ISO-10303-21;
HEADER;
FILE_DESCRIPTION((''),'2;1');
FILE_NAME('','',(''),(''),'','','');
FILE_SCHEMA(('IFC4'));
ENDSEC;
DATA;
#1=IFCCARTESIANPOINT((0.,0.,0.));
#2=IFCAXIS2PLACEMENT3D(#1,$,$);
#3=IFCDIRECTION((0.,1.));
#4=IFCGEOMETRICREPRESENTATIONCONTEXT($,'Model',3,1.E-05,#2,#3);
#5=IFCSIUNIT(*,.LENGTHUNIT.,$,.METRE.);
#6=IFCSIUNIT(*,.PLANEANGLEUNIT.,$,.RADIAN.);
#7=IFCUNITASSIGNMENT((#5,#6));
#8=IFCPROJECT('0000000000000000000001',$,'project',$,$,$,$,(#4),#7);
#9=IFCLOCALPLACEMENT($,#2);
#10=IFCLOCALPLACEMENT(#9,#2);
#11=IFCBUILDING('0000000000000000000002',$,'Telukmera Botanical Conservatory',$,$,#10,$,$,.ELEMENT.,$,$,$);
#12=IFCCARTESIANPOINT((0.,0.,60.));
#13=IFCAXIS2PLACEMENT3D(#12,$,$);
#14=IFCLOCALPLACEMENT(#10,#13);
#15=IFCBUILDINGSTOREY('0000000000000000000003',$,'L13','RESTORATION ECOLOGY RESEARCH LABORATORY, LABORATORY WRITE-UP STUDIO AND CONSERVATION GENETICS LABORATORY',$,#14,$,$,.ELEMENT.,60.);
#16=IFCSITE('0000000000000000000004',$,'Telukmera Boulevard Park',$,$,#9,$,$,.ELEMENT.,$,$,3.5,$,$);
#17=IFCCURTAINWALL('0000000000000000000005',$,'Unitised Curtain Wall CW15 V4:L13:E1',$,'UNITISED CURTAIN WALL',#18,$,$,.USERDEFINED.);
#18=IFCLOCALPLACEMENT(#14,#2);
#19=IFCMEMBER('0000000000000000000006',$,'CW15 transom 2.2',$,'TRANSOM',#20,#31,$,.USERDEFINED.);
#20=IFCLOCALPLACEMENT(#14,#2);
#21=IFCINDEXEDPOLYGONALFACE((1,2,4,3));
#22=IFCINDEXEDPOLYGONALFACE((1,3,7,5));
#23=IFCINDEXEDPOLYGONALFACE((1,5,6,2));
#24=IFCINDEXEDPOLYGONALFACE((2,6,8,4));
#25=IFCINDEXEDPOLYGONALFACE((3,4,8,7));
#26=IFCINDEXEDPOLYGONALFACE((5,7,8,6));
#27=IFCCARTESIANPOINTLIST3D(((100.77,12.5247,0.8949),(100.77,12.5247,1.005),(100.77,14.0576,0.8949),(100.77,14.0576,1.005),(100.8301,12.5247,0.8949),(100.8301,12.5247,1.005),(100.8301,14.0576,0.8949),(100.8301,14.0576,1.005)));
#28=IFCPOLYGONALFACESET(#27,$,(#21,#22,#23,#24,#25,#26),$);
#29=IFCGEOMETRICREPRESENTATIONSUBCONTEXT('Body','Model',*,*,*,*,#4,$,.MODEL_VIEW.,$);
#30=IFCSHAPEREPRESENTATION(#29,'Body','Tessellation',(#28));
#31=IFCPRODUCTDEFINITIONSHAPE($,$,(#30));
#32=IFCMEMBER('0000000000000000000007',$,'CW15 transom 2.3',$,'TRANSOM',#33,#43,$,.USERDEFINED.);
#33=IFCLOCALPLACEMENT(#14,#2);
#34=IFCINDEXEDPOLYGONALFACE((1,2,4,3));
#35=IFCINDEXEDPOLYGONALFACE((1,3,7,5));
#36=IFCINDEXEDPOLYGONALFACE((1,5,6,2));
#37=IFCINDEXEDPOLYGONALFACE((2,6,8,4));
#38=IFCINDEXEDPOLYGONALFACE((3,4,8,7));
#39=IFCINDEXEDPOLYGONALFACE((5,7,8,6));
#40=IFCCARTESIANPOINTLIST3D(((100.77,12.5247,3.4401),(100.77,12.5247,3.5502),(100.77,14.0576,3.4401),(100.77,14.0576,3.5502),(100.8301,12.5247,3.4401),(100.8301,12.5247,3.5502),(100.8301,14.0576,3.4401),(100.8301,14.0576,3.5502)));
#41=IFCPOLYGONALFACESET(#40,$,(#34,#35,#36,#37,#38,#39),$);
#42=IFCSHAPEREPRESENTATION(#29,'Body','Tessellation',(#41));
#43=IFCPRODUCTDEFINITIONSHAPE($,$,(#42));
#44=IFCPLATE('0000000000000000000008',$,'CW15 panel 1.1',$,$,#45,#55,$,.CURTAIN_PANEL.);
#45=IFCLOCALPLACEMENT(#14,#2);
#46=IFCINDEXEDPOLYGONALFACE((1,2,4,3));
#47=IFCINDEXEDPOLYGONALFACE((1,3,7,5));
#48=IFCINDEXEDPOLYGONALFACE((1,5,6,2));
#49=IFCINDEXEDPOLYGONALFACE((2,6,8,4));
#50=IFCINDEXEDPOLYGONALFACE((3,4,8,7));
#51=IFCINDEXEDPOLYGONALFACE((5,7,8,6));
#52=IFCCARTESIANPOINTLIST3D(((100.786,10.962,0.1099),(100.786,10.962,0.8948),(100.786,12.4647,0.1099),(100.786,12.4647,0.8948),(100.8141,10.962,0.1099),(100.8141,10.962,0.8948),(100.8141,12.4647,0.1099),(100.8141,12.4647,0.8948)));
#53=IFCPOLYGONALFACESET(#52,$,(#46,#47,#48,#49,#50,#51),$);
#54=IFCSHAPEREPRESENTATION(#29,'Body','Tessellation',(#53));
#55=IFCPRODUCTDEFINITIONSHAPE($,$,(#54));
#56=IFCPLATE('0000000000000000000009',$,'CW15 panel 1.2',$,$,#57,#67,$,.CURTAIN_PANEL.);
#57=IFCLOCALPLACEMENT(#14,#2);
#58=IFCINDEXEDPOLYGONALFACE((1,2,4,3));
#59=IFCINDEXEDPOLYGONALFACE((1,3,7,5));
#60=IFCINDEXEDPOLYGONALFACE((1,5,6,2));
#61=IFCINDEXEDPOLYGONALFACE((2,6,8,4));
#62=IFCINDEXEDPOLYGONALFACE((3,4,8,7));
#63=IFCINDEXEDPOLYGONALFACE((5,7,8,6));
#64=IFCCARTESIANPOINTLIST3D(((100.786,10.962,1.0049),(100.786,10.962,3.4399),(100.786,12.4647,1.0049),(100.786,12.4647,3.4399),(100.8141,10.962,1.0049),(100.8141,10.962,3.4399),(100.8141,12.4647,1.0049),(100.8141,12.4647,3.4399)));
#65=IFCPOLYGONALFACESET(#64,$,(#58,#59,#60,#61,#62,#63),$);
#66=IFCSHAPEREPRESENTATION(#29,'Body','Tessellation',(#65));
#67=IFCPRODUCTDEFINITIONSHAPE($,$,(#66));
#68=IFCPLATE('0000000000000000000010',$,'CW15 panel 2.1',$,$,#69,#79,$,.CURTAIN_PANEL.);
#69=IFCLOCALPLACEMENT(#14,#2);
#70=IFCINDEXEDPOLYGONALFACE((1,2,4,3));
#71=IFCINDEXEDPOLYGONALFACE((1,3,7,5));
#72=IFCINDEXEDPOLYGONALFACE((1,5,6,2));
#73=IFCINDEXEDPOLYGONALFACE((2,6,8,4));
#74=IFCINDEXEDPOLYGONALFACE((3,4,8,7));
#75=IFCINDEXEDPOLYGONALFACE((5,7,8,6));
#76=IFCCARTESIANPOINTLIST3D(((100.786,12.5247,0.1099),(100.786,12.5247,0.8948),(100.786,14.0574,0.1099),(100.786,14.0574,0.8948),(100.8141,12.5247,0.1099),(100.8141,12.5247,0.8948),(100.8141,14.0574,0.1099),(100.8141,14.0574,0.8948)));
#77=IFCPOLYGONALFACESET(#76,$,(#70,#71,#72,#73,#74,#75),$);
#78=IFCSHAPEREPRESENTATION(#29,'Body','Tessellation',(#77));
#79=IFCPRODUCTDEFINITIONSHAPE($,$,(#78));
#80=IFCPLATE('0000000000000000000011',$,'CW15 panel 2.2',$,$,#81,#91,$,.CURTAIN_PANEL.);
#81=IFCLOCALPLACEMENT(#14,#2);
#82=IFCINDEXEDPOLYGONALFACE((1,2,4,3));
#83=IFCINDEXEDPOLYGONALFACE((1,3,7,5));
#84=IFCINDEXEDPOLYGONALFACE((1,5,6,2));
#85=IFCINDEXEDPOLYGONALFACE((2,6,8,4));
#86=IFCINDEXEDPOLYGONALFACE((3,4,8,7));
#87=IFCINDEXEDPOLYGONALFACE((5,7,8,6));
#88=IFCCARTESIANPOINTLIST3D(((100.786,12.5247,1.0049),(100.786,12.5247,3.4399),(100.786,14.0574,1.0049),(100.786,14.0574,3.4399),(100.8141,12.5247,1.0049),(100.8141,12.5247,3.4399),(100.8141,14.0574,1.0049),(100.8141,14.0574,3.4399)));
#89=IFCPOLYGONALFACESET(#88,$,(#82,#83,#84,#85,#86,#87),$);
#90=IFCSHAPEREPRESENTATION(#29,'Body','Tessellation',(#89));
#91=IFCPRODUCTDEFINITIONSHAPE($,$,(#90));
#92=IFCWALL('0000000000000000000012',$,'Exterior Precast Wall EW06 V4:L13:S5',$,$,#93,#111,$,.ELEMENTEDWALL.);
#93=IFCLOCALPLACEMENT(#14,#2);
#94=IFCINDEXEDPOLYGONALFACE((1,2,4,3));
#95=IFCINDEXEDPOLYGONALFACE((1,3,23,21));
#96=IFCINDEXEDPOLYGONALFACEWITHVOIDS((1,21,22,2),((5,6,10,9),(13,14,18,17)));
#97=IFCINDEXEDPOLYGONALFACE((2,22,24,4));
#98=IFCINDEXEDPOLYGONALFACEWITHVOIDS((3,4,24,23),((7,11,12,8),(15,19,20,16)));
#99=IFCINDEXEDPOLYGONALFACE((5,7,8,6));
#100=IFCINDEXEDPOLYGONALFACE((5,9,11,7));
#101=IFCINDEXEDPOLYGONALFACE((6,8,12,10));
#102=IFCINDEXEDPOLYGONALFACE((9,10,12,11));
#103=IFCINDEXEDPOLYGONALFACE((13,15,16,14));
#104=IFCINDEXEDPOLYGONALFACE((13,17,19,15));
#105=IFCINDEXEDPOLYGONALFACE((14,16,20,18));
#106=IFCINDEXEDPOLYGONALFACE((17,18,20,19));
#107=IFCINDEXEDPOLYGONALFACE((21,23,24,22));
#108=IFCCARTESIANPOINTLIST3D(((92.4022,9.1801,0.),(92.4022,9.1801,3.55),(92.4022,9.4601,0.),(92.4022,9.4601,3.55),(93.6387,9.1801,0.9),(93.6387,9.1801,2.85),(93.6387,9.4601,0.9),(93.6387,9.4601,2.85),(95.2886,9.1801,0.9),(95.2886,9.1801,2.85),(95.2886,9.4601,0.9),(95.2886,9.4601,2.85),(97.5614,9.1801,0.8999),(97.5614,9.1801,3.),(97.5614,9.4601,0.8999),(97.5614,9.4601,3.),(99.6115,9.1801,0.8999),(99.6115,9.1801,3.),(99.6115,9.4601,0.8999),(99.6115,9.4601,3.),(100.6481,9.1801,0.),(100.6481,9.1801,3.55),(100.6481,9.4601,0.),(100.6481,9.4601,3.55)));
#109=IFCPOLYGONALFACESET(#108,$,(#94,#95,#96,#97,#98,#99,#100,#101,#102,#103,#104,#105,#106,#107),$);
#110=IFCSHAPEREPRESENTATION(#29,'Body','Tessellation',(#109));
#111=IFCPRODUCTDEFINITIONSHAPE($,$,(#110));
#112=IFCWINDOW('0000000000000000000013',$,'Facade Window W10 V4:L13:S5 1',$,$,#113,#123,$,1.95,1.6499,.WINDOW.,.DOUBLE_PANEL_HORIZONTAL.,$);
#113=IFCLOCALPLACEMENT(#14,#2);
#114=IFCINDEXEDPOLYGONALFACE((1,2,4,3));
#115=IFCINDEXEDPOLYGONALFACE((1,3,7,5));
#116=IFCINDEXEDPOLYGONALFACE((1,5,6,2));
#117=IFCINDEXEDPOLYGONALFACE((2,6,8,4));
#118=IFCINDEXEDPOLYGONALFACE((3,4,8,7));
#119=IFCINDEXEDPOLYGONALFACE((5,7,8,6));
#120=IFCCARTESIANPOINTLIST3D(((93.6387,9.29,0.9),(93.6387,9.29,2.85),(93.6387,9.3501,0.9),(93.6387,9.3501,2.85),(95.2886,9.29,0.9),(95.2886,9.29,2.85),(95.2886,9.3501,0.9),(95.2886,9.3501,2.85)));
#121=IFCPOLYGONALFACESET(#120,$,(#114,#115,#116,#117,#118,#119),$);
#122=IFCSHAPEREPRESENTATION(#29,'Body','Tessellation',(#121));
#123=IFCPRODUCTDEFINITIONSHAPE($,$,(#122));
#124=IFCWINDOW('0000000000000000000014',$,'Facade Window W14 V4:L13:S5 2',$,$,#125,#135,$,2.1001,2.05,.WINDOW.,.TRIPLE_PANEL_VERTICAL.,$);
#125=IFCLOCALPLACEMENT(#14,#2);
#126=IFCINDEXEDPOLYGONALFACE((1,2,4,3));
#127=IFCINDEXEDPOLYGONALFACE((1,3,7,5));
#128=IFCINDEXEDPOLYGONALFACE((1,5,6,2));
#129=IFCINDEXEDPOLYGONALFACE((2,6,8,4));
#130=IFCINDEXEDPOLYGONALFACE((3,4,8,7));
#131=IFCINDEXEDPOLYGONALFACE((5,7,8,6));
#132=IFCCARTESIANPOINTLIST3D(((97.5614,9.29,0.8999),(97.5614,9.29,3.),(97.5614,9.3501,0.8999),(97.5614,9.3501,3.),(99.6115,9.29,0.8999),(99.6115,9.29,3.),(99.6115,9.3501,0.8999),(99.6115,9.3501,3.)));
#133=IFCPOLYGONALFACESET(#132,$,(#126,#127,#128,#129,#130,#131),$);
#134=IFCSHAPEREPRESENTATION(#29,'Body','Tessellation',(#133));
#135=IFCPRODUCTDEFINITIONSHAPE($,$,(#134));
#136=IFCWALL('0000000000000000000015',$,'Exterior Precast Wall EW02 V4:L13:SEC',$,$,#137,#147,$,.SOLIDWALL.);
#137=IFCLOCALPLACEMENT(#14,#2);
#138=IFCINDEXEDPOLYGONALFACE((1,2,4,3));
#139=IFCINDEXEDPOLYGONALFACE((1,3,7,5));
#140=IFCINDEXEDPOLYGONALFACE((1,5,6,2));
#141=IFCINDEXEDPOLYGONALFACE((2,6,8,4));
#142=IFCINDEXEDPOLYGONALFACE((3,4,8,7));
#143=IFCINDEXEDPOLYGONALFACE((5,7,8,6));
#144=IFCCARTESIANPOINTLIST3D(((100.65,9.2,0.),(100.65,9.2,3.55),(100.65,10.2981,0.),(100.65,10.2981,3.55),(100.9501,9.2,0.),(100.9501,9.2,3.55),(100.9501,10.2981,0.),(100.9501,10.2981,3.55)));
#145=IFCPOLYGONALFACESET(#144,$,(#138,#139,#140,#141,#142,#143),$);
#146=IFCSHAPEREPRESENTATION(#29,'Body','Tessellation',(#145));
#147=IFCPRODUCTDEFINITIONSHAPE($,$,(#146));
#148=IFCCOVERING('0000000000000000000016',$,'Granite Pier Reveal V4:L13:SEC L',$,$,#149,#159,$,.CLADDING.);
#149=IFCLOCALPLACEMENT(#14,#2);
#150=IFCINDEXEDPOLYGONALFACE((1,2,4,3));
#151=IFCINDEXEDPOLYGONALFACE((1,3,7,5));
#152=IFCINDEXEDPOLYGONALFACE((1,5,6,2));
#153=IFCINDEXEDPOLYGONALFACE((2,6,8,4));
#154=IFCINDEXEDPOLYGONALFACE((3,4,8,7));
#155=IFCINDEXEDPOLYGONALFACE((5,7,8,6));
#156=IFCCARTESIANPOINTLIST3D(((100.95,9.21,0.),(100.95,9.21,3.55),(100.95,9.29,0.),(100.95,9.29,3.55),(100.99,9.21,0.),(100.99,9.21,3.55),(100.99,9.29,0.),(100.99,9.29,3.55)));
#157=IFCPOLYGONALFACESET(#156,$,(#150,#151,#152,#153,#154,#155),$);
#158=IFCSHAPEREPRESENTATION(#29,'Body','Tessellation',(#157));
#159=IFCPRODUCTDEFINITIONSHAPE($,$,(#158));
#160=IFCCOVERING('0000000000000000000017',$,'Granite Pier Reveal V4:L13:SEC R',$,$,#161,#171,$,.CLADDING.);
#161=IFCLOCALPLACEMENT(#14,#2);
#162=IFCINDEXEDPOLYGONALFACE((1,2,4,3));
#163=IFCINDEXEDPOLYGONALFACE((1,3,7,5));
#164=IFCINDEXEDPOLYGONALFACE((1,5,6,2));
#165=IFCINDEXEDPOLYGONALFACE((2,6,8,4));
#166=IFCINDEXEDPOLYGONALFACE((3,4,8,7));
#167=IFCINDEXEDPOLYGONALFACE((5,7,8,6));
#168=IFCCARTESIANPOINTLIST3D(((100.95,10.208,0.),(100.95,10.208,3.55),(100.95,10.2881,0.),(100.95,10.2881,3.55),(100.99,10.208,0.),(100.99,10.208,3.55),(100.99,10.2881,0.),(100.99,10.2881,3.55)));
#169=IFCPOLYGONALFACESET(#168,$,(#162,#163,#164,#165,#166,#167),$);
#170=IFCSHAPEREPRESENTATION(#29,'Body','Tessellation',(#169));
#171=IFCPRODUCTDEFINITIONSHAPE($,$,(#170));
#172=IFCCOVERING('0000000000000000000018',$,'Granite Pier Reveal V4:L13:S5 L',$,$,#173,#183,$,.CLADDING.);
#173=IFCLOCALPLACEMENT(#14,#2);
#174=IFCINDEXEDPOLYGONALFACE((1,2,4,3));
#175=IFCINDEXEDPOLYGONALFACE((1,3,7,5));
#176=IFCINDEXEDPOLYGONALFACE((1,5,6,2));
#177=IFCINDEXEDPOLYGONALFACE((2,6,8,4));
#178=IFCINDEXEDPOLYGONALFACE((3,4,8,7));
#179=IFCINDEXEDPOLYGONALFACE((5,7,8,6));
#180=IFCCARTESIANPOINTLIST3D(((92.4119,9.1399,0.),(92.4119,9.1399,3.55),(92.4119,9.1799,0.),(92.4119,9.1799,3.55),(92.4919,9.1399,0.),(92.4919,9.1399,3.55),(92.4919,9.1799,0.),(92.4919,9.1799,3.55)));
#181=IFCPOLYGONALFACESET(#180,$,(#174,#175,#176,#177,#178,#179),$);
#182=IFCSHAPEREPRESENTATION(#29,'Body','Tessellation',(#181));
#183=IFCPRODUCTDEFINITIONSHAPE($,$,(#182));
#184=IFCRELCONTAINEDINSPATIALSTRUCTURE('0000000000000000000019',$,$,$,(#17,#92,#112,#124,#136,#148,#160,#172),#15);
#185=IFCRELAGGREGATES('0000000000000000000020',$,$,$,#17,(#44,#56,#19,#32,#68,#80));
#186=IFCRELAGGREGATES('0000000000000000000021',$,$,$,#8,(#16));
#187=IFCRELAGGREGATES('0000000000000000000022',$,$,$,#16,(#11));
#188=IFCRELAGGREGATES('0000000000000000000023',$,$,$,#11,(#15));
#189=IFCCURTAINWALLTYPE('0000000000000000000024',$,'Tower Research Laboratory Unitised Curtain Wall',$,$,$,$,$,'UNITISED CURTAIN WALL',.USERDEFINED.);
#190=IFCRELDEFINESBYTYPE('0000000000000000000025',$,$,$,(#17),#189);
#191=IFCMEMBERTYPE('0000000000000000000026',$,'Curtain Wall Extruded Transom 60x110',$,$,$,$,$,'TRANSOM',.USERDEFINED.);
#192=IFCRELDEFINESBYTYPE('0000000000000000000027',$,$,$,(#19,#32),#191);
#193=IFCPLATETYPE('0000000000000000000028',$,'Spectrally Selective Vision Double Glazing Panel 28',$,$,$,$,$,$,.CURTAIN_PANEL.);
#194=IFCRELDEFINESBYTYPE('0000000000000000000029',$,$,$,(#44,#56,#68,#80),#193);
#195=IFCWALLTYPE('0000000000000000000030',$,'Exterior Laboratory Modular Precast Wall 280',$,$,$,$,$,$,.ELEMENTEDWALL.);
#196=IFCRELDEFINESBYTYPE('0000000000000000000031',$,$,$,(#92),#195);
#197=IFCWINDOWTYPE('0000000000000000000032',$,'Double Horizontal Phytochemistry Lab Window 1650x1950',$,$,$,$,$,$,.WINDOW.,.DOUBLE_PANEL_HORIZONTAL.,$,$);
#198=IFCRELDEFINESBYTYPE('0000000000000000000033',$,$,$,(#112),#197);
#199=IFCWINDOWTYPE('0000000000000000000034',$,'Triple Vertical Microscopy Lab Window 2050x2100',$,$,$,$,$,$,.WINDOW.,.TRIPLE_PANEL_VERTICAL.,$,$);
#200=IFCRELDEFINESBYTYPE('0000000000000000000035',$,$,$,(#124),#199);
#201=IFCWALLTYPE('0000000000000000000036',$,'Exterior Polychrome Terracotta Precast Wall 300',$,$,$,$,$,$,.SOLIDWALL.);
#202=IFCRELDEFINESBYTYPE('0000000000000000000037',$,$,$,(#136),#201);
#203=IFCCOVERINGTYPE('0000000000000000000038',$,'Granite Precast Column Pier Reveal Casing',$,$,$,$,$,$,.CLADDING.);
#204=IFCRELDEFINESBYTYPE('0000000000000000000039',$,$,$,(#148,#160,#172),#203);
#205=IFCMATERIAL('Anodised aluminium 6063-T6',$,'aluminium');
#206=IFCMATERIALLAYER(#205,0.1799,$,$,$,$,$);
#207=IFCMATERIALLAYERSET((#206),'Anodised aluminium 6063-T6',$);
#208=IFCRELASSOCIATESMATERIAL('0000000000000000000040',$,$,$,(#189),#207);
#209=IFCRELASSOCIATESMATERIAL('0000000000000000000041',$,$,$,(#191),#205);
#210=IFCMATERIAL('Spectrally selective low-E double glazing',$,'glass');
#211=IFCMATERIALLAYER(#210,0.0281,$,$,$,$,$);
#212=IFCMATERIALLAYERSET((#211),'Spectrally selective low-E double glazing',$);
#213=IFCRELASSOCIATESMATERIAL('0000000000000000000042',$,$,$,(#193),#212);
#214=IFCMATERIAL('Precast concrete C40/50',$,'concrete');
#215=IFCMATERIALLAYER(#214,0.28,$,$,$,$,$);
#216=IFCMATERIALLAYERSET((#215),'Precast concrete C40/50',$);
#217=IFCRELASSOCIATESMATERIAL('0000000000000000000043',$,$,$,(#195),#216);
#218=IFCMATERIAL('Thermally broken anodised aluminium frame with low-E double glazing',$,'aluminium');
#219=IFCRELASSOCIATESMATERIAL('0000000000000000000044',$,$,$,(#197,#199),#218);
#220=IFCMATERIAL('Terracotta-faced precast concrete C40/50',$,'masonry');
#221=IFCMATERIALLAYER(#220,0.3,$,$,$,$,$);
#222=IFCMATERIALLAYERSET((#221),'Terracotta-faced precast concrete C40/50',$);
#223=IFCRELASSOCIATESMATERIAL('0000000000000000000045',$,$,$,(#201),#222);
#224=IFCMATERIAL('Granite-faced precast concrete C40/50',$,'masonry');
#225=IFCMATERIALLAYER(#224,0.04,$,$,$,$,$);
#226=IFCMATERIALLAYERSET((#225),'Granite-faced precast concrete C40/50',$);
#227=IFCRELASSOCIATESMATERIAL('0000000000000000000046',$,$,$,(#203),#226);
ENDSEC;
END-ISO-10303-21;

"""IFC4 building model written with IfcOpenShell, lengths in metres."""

from ifc_helpers import new_model, si_unit, direction, frame, frame_2d, origin, origin_2d, place, context, subcontext, project, spatial, rectangle, extrude, material, layer, layer_set, material_profile, profile_set, type_object, element, fill, aggregate, save


model = new_model("IFC4")

# Units and contexts
model_context = context("Model", 3, precision=1e-05, world=origin(), true_north=direction((0.0, 1.0)))
body_context = subcontext(model_context, "Body", "Model", "MODEL_VIEW")
ifc_project = project(units=[si_unit("LENGTHUNIT", "METRE"), si_unit("PLANEANGLEUNIT", "RADIAN")], contexts=[model_context])

# Site, building, storey
site_placement = place(None, origin())
site = spatial("IfcSite", under=ifc_project, at=site_placement, Name="Telukmera Boulevard Park", CompositionType="ELEMENT", RefElevation=3.5)
building_placement = place(site_placement, origin())
building = spatial("IfcBuilding", under=site, at=building_placement, Name="Telukmera Botanical Conservatory", CompositionType="ELEMENT")
storey_placement = place(building_placement, frame((0.0, 0.0, 60.0)))
storey = spatial("IfcBuildingStorey", under=building, at=storey_placement, Name="L13", Description="RESTORATION ECOLOGY RESEARCH LABORATORY, LABORATORY WRITE-UP STUDIO AND CONSERVATION GENETICS LABORATORY", CompositionType="ELEMENT", Elevation=60.0)

# Shared definitions
ifc_material_1 = material(Name="Precast concrete C40/50", Category="concrete")

# Shared definitions
ifc_material_2 = material(Name="Anodised aluminium 6063-T6", Category="aluminium")
ifc_layer_1 = layer(ifc_material_2, 0.1799)
ifc_layer_set_1 = layer_set([ifc_layer_1], Name="Anodised aluminium 6063-T6")
curtain_wall_type = type_object("IfcCurtainWallType", Name="Tower Research Laboratory Unitised Curtain Wall", ElementType="UNITISED CURTAIN WALL", PredefinedType="USERDEFINED", material=ifc_layer_set_1)

# Curtain wall, members, plates
curtain_wall_1_placement = place(storey_placement, origin())
curtain_wall_1 = element("IfcCurtainWall", 1, at=curtain_wall_1_placement, inside=storey, type_object=curtain_wall_type, Name="Unitised Curtain Wall CW15 V4:L13:E1", ObjectType="UNITISED CURTAIN WALL", PredefinedType="USERDEFINED")
ifc_material_profile_1 = material_profile(ifc_material_2, rectangle(XDim=0.0601, YDim=0.1101, at=origin_2d()), Name="ALU TRAN 60x110")
ifc_profile_set_1 = profile_set([ifc_material_profile_1], Name="Anodised aluminium 6063-T6")
member_type_1 = type_object("IfcMemberType", Name="Curtain Wall Extruded Transom 60x110", ElementType="TRANSOM", PredefinedType="USERDEFINED", material=ifc_profile_set_1)
member_1_placement = place(storey_placement, frame((100.8, 12.5247, 0.95), z_axis=(0.0, 1.0, 0.0), x_axis=(-1.0, 0.0, 0.0)))
member_1 = element("IfcMember", 2, at=member_1_placement, type_object=member_type_1, Name="CW15 transom 2.2", ObjectType="TRANSOM", PredefinedType="USERDEFINED", context=body_context, shape_type="SweptSolid", body=[
    extrude(rectangle(XDim=0.0601, YDim=0.1101, at=origin_2d()), origin(), (0.0, 0.0, 1.0), 1.533),
])
member_2_placement = place(storey_placement, frame((100.8, 12.5247, 3.4951), z_axis=(0.0, 1.0, 0.0), x_axis=(-1.0, 0.0, 0.0)))
member_2 = element("IfcMember", 3, at=member_2_placement, type_object=member_type_1, Name="CW15 transom 2.3", ObjectType="TRANSOM", PredefinedType="USERDEFINED", context=body_context, shape_type="SweptSolid", body=[
    extrude(rectangle(XDim=0.0601, YDim=0.1101, at=origin_2d()), origin(), (0.0, 0.0, 1.0), 1.533),
])
ifc_material_3 = material(Name="Spectrally selective low-E double glazing", Category="glass")
ifc_layer_2 = layer(ifc_material_3, 0.0281)
ifc_layer_set_2 = layer_set([ifc_layer_2], Name="Spectrally selective low-E double glazing")
plate_type = type_object("IfcPlateType", Name="Spectrally Selective Vision Double Glazing Panel 28", PredefinedType="CURTAIN_PANEL", material=ifc_layer_set_2)
plate_1_placement = place(storey_placement, frame((100.8, 11.7134, 0.1099), z_axis=(0.0, 0.0, 1.0), x_axis=(0.0, 1.0, 0.0)))
plate_1 = element("IfcPlate", 4, at=plate_1_placement, type_object=plate_type, Name="CW15 panel 1.1", PredefinedType="CURTAIN_PANEL", context=body_context, shape_type="SweptSolid", body=[
    extrude(rectangle(XDim=1.5027, YDim=0.0281, at=origin_2d()), origin(), (0.0, 0.0, 1.0), 0.7849),
])
plate_2_placement = place(storey_placement, frame((100.8, 11.7134, 1.0049), z_axis=(0.0, 0.0, 1.0), x_axis=(0.0, 1.0, 0.0)))
plate_2 = element("IfcPlate", 5, at=plate_2_placement, type_object=plate_type, Name="CW15 panel 1.2", PredefinedType="CURTAIN_PANEL", context=body_context, shape_type="SweptSolid", body=[
    extrude(rectangle(XDim=1.5027, YDim=0.0281, at=origin_2d()), origin(), (0.0, 0.0, 1.0), 2.4351),
])
plate_3_placement = place(storey_placement, frame((100.8, 13.291, 0.1099), z_axis=(0.0, 0.0, 1.0), x_axis=(0.0, 1.0, 0.0)))
plate_3 = element("IfcPlate", 6, at=plate_3_placement, type_object=plate_type, Name="CW15 panel 2.1", PredefinedType="CURTAIN_PANEL", context=body_context, shape_type="SweptSolid", body=[
    extrude(rectangle(XDim=1.5327, YDim=0.0281, at=origin_2d()), origin(), (0.0, 0.0, 1.0), 0.7849),
])
plate_4_placement = place(storey_placement, frame((100.8, 13.291, 1.0049), z_axis=(0.0, 0.0, 1.0), x_axis=(0.0, 1.0, 0.0)))
plate_4 = element("IfcPlate", 7, at=plate_4_placement, type_object=plate_type, Name="CW15 panel 2.2", PredefinedType="CURTAIN_PANEL", context=body_context, shape_type="SweptSolid", body=[
    extrude(rectangle(XDim=1.5327, YDim=0.0281, at=origin_2d()), origin(), (0.0, 0.0, 1.0), 2.4351),
])
aggregate(curtain_wall_1, [plate_1, plate_2, member_1, member_2, plate_3, plate_4])

# Wall, openings, windows
ifc_layer_3 = layer(ifc_material_1, 0.28)
ifc_layer_set_3 = layer_set([ifc_layer_3], Name="Precast concrete C40/50")
wall_type_1 = type_object("IfcWallType", Name="Exterior Laboratory Modular Precast Wall 280", PredefinedType="ELEMENTEDWALL", material=ifc_layer_set_3)
wall_1_placement = place(storey_placement, frame((92.4021, 9.3201, 0.0), z_axis=(0.0, 0.0, 1.0), x_axis=(1.0, 0.0, 0.0)))
wall_1 = element("IfcWall", 8, at=wall_1_placement, inside=storey, type_object=wall_type_1, Name="Exterior Precast Wall EW06 V4:L13:S5", PredefinedType="ELEMENTEDWALL", context=body_context, shape_type="SweptSolid", body=[
    extrude(rectangle(XDim=8.2458, YDim=0.28, at=frame_2d((4.123, 0.0))), origin(), (0.0, 0.0, 1.0), 3.55),
])
opening_1_placement = place(wall_1_placement, frame((1.2366, 0.0, 0.8999)))
opening_1 = element("IfcOpeningElement", 9, at=opening_1_placement, cuts=wall_1, PredefinedType="OPENING", context=body_context, shape_type="SweptSolid", body=[
    extrude(rectangle(XDim=1.6499, YDim=1.95, at=frame_2d((0.825, 0.9751))), frame((0.0, 0.1499, 0.0), z_axis=(0.0, -1.0, 0.0), x_axis=(1.0, 0.0, 0.0)), (0.0, 0.0, 1.0), 0.3),
])
opening_2_placement = place(wall_1_placement, frame((5.1594, 0.0, 0.8999)))
opening_2 = element("IfcOpeningElement", 10, at=opening_2_placement, cuts=wall_1, PredefinedType="OPENING", context=body_context, shape_type="SweptSolid", body=[
    extrude(rectangle(XDim=2.05, YDim=2.1001, at=frame_2d((1.0249, 1.05))), frame((0.0, 0.1499, 0.0), z_axis=(0.0, -1.0, 0.0), x_axis=(1.0, 0.0, 0.0)), (0.0, 0.0, 1.0), 0.3),
])
ifc_material_4 = material(Name="Thermally broken anodised aluminium frame with low-E double glazing", Category="aluminium")
window_type_1 = type_object("IfcWindowType", Name="Double Horizontal Phytochemistry Lab Window 1650x1950", PartitioningType="DOUBLE_PANEL_HORIZONTAL", PredefinedType="WINDOW", material=ifc_material_4)
window_1_placement = place(opening_1_placement, origin())
window_1 = element("IfcWindow", 11, at=window_1_placement, inside=storey, type_object=window_type_1, Name="Facade Window W10 V4:L13:S5 1", OverallHeight=1.95, OverallWidth=1.6499, PartitioningType="DOUBLE_PANEL_HORIZONTAL", PredefinedType="WINDOW", context=body_context, shape_type="SweptSolid", body=[
    extrude(rectangle(XDim=1.6499, YDim=1.95, at=frame_2d((0.825, 0.9751))), frame((0.0, 0.03, 0.0), z_axis=(0.0, -1.0, 0.0), x_axis=(1.0, 0.0, 0.0)), (0.0, 0.0, 1.0), 0.0601),
])
fill(opening_1, window_1)
window_type_2 = type_object("IfcWindowType", Name="Triple Vertical Microscopy Lab Window 2050x2100", PartitioningType="TRIPLE_PANEL_VERTICAL", PredefinedType="WINDOW", material=ifc_material_4)
window_2_placement = place(opening_2_placement, origin())
window_2 = element("IfcWindow", 12, at=window_2_placement, inside=storey, type_object=window_type_2, Name="Facade Window W14 V4:L13:S5 2", OverallHeight=2.1001, OverallWidth=2.05, PartitioningType="TRIPLE_PANEL_VERTICAL", PredefinedType="WINDOW", context=body_context, shape_type="SweptSolid", body=[
    extrude(rectangle(XDim=2.05, YDim=2.1001, at=frame_2d((1.0249, 1.05))), frame((0.0, 0.03, 0.0), z_axis=(0.0, -1.0, 0.0), x_axis=(1.0, 0.0, 0.0)), (0.0, 0.0, 1.0), 0.0601),
])
fill(opening_2, window_2)

# Wall
ifc_material_5 = material(Name="Terracotta-faced precast concrete C40/50", Category="masonry")
ifc_layer_4 = layer(ifc_material_5, 0.3)
ifc_layer_set_4 = layer_set([ifc_layer_4], Name="Terracotta-faced precast concrete C40/50")
wall_type_2 = type_object("IfcWallType", Name="Exterior Polychrome Terracotta Precast Wall 300", PredefinedType="SOLIDWALL", material=ifc_layer_set_4)
wall_2_placement = place(storey_placement, frame((100.8, 9.2, 0.0), z_axis=(0.0, 0.0, 1.0), x_axis=(0.0, 1.0, 0.0)))
element("IfcWall", 13, at=wall_2_placement, inside=storey, type_object=wall_type_2, Name="Exterior Precast Wall EW02 V4:L13:SEC", PredefinedType="SOLIDWALL", context=body_context, shape_type="SweptSolid", body=[
    extrude(rectangle(XDim=1.0981, YDim=0.3, at=frame_2d((0.5491, 0.0))), origin(), (0.0, 0.0, 1.0), 3.55),
])

# Coverings
ifc_material_6 = material(Name="Granite-faced precast concrete C40/50", Category="masonry")
ifc_layer_5 = layer(ifc_material_6, 0.04)
ifc_layer_set_5 = layer_set([ifc_layer_5], Name="Granite-faced precast concrete C40/50")
covering_type_1 = type_object("IfcCoveringType", Name="Granite Precast Column Pier Reveal Casing", PredefinedType="CLADDING", material=ifc_layer_set_5)
for number, where, z_axis, x_axis, name in (
    (14, (100.97, 9.25, 0.0), (0.0, 0.0, 1.0), (0.0, 1.0, 0.0), "Granite Pier Reveal V4:L13:SEC L"),
    (15, (100.97, 10.248, 0.0), (0.0, 0.0, 1.0), (0.0, 1.0, 0.0), "Granite Pier Reveal V4:L13:SEC R"),
    (16, (92.4519, 9.1599, 0.0), (0.0, 0.0, 1.0), (1.0, 0.0, 0.0), "Granite Pier Reveal V4:L13:S5 L"),
):
    element("IfcCovering", number, at=place(storey_placement, frame(where, z_axis=z_axis, x_axis=x_axis)), inside=storey, type_object=covering_type_1, Name=name, PredefinedType="CLADDING", context=body_context, shape_type="SweptSolid", body=[
        extrude(rectangle(XDim=0.0801, YDim=0.04, at=origin_2d()), origin(), (0.0, 0.0, 1.0), 3.55),
    ])

save(model, "model.ifc")
